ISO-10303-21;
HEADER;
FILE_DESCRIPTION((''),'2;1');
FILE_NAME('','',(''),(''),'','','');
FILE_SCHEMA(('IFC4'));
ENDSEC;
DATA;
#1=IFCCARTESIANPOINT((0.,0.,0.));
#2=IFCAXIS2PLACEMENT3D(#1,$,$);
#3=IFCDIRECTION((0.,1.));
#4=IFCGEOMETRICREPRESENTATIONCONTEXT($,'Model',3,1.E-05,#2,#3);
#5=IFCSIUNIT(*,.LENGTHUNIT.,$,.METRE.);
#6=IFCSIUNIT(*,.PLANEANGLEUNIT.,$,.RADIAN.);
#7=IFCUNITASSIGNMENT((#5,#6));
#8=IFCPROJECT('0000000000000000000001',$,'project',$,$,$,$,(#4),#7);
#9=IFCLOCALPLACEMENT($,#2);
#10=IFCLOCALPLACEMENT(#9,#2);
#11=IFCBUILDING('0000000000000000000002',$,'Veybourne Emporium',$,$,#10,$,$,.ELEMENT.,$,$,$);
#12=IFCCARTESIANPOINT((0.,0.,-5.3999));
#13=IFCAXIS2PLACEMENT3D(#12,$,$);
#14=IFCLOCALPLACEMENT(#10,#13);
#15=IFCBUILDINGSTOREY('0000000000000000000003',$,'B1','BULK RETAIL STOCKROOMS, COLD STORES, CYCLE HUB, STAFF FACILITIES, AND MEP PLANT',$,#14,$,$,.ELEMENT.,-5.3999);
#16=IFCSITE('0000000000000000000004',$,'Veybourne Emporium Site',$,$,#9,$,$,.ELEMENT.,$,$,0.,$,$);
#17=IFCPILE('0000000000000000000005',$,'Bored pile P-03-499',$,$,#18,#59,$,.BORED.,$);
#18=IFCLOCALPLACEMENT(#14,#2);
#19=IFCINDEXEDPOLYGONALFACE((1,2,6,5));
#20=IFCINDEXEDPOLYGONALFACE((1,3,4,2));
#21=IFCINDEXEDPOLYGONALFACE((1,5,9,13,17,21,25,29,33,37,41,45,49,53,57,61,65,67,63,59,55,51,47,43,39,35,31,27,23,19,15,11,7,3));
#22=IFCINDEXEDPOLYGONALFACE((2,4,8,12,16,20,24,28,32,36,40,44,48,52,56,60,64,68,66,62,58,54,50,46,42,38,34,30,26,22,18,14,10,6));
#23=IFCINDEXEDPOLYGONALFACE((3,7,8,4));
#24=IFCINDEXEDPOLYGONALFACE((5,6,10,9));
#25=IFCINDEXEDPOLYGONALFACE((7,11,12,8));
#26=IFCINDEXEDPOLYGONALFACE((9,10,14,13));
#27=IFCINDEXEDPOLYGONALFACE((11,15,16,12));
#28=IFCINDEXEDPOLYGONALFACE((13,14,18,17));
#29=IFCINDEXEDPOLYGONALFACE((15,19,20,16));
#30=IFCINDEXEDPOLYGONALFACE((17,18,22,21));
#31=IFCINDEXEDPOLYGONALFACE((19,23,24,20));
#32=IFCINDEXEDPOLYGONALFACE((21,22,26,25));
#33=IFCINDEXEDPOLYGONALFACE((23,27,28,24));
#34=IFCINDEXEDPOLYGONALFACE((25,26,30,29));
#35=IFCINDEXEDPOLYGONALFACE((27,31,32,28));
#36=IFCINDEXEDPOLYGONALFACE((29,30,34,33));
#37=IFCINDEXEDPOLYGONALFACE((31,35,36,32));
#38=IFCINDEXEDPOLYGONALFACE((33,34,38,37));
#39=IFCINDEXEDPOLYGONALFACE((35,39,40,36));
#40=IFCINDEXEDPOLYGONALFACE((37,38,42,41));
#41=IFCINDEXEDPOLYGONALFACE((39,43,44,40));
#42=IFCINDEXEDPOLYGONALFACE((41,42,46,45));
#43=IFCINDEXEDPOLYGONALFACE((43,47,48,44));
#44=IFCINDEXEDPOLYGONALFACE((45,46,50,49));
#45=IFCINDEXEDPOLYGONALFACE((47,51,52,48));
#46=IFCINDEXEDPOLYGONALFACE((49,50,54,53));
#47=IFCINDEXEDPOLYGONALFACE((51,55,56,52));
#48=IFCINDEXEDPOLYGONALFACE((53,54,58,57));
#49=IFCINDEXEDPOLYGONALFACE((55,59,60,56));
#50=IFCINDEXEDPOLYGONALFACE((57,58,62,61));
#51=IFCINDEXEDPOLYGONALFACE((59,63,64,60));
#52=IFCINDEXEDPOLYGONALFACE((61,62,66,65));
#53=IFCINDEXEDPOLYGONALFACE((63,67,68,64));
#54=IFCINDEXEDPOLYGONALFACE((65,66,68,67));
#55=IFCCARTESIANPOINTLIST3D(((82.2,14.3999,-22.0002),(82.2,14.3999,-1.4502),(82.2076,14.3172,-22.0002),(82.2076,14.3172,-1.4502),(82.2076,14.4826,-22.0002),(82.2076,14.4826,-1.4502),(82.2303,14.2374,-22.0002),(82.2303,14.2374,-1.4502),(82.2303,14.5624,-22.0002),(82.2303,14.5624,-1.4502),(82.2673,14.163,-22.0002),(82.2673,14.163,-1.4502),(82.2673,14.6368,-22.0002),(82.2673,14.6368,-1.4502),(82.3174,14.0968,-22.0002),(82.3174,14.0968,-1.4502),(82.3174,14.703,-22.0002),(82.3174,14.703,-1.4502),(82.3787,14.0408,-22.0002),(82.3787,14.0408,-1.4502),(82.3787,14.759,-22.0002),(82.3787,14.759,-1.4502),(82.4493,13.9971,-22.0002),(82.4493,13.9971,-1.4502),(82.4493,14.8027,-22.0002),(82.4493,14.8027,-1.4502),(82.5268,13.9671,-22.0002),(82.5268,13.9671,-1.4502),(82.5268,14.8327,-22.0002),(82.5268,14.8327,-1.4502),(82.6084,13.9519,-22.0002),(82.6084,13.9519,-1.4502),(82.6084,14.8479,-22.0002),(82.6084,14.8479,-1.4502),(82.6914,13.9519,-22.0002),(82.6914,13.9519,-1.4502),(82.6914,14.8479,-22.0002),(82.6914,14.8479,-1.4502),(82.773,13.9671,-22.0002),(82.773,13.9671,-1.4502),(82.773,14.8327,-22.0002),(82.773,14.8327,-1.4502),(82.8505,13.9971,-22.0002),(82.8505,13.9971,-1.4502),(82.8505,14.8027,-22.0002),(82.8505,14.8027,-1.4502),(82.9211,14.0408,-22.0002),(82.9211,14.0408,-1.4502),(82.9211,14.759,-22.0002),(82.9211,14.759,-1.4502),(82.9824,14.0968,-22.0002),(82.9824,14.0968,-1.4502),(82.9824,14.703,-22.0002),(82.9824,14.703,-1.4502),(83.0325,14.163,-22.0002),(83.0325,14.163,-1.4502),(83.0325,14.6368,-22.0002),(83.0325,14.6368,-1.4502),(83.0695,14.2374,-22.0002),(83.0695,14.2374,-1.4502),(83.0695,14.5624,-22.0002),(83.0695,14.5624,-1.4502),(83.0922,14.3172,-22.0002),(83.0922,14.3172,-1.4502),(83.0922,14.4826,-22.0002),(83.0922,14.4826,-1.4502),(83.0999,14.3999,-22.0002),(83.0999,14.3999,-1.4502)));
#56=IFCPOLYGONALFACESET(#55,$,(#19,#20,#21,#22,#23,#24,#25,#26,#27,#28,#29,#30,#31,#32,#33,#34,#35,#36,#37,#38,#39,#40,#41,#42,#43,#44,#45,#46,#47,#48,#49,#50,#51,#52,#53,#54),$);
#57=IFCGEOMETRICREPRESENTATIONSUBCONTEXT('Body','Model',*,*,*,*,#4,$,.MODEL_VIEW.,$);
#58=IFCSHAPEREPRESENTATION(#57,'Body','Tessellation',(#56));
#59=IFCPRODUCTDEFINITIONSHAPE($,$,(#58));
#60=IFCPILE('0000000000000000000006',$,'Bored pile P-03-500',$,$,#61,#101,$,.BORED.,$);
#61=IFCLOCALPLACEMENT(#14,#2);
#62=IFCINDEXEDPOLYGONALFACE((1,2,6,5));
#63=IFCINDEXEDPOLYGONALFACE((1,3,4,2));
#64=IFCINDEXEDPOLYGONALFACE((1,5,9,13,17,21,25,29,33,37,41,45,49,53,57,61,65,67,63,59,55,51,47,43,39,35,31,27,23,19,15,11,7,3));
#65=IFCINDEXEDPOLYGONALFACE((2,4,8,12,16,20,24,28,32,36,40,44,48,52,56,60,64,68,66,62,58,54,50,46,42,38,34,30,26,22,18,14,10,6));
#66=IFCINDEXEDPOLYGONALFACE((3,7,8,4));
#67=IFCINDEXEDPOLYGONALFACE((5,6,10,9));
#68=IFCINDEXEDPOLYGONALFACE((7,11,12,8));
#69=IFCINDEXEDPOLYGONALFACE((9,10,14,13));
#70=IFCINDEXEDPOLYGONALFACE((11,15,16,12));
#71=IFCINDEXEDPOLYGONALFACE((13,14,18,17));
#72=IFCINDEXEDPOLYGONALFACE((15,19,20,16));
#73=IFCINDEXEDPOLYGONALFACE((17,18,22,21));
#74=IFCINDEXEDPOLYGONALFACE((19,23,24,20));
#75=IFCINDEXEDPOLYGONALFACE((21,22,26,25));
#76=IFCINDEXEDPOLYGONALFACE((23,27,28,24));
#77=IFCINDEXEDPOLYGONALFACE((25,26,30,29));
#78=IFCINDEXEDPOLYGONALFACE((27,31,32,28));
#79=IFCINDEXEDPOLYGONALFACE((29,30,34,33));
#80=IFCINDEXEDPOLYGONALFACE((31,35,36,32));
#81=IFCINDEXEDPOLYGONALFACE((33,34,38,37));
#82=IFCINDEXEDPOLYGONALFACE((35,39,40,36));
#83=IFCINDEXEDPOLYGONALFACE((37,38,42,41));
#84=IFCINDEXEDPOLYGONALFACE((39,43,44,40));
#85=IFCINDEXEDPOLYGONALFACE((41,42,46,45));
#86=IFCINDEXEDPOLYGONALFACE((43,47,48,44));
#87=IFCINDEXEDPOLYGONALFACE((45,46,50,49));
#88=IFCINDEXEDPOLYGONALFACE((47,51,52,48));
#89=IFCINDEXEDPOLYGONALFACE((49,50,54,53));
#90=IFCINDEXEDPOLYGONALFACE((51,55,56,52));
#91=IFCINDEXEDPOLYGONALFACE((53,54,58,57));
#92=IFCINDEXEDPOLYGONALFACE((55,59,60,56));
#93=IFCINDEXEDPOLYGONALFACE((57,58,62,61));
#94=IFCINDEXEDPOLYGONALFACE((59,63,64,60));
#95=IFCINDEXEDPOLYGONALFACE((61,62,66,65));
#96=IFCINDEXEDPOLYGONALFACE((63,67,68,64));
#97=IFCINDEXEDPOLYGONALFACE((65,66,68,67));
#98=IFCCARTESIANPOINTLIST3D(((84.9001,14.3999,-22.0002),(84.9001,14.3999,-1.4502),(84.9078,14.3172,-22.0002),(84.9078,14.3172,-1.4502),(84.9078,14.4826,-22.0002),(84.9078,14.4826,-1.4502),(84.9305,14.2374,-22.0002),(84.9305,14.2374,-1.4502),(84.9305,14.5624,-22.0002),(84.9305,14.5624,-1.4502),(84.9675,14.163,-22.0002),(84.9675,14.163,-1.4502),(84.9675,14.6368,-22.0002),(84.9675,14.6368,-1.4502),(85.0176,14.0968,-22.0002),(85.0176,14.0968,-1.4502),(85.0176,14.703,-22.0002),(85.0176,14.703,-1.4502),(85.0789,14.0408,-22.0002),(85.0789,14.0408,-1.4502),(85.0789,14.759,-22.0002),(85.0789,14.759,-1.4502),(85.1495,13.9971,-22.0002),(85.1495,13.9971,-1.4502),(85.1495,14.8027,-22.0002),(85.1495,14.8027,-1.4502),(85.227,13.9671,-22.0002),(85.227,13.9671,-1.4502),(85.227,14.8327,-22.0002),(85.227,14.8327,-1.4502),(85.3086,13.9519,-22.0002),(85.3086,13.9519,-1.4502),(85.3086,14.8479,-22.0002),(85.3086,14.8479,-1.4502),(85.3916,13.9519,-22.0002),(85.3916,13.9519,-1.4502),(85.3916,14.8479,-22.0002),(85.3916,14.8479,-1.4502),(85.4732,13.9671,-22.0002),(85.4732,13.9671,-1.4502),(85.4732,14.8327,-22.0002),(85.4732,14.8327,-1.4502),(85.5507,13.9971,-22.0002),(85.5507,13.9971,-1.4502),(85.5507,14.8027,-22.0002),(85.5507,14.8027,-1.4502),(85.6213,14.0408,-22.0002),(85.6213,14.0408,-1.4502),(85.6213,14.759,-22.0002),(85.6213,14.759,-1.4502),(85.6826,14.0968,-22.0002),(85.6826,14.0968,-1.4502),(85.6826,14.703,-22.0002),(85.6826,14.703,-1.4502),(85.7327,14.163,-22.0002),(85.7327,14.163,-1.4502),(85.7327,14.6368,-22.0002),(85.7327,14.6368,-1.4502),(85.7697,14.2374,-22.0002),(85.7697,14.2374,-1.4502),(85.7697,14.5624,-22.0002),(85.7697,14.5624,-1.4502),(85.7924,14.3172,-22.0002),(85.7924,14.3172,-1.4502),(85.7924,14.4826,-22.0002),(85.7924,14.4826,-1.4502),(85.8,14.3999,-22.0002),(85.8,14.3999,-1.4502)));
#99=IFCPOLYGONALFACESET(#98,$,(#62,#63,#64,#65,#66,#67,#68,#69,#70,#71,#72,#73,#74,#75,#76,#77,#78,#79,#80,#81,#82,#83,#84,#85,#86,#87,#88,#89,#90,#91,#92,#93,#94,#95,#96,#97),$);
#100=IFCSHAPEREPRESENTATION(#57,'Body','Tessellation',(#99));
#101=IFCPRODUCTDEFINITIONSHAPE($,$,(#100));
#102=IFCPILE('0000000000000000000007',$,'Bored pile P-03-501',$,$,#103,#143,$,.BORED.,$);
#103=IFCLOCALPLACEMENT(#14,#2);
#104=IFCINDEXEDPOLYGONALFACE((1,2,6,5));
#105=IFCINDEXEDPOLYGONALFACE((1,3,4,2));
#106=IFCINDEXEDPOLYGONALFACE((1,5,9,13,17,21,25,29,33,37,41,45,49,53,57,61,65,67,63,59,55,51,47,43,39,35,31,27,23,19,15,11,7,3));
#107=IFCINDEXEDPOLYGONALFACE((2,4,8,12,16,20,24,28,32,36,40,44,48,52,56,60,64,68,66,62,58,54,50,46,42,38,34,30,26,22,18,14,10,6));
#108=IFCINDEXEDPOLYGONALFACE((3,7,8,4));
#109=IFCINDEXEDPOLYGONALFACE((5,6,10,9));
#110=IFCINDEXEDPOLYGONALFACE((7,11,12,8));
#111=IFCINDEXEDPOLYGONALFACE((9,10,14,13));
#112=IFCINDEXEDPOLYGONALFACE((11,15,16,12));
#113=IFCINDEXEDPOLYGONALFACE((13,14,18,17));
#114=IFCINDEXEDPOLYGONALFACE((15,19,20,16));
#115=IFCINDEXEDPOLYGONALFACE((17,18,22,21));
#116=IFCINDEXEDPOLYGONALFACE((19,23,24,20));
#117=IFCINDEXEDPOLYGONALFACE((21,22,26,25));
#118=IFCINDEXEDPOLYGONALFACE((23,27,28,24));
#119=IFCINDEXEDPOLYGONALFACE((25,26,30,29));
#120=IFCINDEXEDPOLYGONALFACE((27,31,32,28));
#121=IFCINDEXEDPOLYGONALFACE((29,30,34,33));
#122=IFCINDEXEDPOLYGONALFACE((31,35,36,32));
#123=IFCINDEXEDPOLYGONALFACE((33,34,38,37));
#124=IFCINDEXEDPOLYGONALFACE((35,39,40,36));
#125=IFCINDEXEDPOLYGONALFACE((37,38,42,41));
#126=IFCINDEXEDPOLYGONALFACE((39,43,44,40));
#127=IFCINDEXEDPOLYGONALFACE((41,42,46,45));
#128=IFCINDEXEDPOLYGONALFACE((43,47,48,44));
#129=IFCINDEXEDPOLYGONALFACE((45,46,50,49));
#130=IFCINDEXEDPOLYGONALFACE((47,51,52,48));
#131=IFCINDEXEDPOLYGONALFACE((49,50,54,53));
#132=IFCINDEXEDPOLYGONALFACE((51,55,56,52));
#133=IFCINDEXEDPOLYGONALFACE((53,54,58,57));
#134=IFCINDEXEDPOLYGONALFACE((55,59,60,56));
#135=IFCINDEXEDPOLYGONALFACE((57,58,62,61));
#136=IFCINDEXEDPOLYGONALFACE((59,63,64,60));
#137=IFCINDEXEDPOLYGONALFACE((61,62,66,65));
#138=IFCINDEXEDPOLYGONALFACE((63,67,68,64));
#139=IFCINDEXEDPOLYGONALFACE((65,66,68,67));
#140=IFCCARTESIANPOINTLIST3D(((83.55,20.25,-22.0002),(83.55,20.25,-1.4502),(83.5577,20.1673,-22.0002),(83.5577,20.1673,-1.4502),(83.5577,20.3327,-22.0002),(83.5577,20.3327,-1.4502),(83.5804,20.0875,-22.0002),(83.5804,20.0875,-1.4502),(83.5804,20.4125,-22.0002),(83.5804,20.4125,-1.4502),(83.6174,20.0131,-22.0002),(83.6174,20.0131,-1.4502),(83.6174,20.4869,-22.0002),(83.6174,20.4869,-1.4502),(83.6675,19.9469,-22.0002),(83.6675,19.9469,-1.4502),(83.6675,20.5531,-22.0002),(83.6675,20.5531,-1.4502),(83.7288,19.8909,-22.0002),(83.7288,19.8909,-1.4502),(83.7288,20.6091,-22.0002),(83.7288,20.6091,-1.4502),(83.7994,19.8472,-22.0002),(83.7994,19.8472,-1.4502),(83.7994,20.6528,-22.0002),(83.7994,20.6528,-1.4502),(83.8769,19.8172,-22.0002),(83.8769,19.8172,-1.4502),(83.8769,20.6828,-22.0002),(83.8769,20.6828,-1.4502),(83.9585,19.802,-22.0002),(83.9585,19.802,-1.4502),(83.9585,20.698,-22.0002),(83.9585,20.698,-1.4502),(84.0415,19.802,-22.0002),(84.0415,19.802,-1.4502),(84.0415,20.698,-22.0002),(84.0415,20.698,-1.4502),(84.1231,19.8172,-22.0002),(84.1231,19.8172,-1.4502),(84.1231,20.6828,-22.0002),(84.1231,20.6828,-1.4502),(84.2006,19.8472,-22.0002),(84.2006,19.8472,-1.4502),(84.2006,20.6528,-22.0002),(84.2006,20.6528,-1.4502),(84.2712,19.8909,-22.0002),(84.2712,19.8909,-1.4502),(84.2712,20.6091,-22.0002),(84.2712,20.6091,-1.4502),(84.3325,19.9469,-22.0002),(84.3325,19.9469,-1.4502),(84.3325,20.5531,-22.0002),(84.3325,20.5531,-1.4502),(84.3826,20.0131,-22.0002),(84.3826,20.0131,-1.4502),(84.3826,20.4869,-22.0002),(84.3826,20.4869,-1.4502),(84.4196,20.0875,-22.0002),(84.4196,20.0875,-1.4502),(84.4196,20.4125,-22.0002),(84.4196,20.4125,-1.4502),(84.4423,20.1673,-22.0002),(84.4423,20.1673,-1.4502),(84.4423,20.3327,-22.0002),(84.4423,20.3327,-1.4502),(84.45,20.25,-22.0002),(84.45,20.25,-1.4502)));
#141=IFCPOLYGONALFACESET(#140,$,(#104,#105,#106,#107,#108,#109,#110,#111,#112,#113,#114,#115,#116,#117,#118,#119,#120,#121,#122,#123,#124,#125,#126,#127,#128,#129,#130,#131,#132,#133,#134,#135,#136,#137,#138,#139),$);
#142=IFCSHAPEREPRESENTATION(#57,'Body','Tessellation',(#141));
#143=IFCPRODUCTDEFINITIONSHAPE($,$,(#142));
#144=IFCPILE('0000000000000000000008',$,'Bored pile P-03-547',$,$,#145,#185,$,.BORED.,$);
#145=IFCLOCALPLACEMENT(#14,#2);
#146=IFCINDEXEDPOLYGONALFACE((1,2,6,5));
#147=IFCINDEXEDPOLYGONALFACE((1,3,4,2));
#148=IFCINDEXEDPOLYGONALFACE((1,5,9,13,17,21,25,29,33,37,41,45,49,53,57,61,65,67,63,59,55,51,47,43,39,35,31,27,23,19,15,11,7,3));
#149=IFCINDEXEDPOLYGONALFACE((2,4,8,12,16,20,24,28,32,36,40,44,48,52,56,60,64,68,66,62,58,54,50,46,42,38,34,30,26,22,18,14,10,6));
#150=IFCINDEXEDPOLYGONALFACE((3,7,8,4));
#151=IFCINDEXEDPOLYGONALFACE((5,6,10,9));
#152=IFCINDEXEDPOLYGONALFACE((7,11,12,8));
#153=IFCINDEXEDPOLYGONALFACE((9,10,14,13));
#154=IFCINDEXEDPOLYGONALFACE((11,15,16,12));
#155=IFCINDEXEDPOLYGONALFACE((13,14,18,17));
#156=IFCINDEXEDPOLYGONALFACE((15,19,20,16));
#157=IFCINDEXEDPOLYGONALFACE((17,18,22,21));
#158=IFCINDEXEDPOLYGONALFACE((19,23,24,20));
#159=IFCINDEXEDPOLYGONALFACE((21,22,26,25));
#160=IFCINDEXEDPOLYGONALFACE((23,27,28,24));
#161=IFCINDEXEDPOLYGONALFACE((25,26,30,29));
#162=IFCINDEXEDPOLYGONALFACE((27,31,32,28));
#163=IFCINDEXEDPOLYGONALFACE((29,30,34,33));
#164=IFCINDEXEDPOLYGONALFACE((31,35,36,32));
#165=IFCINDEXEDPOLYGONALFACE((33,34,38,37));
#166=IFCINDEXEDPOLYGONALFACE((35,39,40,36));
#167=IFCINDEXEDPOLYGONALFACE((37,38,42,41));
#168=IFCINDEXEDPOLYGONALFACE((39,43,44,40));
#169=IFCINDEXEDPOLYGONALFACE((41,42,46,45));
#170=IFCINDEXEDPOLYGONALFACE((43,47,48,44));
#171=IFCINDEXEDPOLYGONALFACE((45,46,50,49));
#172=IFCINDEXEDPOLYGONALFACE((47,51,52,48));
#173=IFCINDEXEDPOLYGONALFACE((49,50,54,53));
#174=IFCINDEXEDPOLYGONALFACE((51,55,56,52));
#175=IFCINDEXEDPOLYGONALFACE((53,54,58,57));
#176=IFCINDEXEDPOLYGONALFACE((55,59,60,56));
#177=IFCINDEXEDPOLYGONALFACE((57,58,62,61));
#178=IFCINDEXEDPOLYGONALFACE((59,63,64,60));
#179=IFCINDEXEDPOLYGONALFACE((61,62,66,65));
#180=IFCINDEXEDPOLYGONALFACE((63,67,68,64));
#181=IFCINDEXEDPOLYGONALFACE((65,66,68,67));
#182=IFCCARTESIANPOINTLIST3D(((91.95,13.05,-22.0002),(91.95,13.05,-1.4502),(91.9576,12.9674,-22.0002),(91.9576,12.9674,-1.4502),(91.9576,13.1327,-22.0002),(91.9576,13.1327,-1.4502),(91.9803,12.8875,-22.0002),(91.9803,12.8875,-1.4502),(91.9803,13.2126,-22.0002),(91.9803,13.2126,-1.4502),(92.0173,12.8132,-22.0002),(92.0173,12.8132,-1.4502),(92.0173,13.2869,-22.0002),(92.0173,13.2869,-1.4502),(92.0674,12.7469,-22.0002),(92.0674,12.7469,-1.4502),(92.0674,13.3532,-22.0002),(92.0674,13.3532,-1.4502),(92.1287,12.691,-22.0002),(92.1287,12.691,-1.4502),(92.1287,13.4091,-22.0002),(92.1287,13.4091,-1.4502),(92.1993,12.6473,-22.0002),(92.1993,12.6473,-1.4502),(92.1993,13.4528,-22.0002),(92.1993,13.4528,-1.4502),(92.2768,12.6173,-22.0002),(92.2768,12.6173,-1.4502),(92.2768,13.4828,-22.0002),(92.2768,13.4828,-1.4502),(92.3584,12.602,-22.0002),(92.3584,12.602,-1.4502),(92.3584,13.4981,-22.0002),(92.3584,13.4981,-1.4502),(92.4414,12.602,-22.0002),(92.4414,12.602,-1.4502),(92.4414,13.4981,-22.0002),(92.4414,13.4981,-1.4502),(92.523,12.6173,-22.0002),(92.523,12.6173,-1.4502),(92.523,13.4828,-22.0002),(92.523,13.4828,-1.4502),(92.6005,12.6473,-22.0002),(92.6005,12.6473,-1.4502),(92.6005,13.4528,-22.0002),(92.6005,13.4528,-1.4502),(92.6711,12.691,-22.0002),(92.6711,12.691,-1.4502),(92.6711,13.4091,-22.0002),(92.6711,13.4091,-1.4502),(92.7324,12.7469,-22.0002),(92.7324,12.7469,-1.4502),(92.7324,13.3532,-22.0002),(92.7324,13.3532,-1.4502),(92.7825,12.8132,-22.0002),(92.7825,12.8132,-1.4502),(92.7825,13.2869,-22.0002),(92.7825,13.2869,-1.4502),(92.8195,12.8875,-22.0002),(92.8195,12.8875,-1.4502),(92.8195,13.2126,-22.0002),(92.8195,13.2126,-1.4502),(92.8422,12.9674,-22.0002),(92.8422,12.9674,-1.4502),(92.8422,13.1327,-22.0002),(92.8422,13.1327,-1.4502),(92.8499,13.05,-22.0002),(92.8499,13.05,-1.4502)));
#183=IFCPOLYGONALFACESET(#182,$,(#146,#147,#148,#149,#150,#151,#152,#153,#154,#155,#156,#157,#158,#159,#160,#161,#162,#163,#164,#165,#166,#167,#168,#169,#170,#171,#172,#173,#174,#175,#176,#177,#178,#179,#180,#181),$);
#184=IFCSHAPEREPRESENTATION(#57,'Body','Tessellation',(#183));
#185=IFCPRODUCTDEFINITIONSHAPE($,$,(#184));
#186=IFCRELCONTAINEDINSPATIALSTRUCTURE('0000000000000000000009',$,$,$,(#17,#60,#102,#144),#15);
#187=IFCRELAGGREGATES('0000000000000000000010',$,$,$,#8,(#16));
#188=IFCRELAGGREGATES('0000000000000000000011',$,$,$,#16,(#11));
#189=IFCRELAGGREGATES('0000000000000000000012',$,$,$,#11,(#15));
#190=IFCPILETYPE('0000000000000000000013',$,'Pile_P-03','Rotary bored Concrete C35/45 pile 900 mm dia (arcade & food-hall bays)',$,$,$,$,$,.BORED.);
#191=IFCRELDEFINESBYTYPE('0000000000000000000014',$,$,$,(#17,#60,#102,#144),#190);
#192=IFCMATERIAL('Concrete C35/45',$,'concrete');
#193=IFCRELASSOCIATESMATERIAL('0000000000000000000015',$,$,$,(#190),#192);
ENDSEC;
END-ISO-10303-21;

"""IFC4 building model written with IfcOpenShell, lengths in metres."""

from ifc_helpers import new_model, si_unit, direction, frame, origin, origin_2d, place, context, subcontext, project, spatial, circle, extrude, material, material_profile, profile_set, type_object, element, save


model = new_model("IFC4")

# Units and contexts
model_context = context("Model", 3, precision=1e-05, world=origin(), true_north=direction((0.0, 1.0)))
body_context = subcontext(model_context, "Body", "Model", "MODEL_VIEW")
ifc_project = project(units=[si_unit("LENGTHUNIT", "METRE"), si_unit("PLANEANGLEUNIT", "RADIAN")], contexts=[model_context])

# Site, building, storey
site_placement = place(None, origin())
site = spatial("IfcSite", under=ifc_project, at=site_placement, Name="Veybourne Emporium Site", CompositionType="ELEMENT", RefElevation=0.0)
building_placement = place(site_placement, origin())
building = spatial("IfcBuilding", under=site, at=building_placement, Name="Veybourne Emporium", CompositionType="ELEMENT")
storey_placement = place(building_placement, frame((0.0, 0.0, -5.3999)))
storey = spatial("IfcBuildingStorey", under=building, at=storey_placement, Name="B1", Description="BULK RETAIL STOCKROOMS, COLD STORES, CYCLE HUB, STAFF FACILITIES, AND MEP PLANT", CompositionType="ELEMENT", Elevation=-5.3999)

# Shared definitions
ifc_material_1 = material(Name="Concrete C35/45", Category="concrete")

# Piles
ifc_material_profile_1 = material_profile(ifc_material_1, circle(Radius=0.45, at=origin_2d()), Name="BORED PILE 900")
ifc_profile_set_1 = profile_set([ifc_material_profile_1], Name="Concrete C35/45")
pile_type = type_object("IfcPileType", Name="Pile_P-03", Description="Rotary bored Concrete C35/45 pile 900 mm dia (arcade & food-hall bays)", PredefinedType="BORED", material=ifc_profile_set_1)
for number, where, z_axis, x_axis, name in (
    (1, (82.6499, 14.3999, -1.4502), (0.0, 0.0, -1.0), (1.0, 0.0, 0.0), "Bored pile P-03-499"),
    (2, (85.3501, 14.3999, -1.4502), (0.0, 0.0, -1.0), (1.0, 0.0, 0.0), "Bored pile P-03-500"),
    (3, (84.0, 20.25, -1.4502), (0.0, 0.0, -1.0), (1.0, 0.0, 0.0), "Bored pile P-03-501"),
    (4, (92.3999, 13.05, -1.4502), (0.0, 0.0, -1.0), (1.0, 0.0, 0.0), "Bored pile P-03-547"),
):
    element("IfcPile", number, at=place(storey_placement, frame(where, z_axis=z_axis, x_axis=x_axis)), inside=storey, type_object=pile_type, Name=name, PredefinedType="BORED", context=body_context, shape_type="SweptSolid", body=[
        extrude(circle(Radius=0.45, at=origin_2d()), origin(), (0.0, 0.0, 1.0), 20.55),
    ])

save(model, "model.ifc")
